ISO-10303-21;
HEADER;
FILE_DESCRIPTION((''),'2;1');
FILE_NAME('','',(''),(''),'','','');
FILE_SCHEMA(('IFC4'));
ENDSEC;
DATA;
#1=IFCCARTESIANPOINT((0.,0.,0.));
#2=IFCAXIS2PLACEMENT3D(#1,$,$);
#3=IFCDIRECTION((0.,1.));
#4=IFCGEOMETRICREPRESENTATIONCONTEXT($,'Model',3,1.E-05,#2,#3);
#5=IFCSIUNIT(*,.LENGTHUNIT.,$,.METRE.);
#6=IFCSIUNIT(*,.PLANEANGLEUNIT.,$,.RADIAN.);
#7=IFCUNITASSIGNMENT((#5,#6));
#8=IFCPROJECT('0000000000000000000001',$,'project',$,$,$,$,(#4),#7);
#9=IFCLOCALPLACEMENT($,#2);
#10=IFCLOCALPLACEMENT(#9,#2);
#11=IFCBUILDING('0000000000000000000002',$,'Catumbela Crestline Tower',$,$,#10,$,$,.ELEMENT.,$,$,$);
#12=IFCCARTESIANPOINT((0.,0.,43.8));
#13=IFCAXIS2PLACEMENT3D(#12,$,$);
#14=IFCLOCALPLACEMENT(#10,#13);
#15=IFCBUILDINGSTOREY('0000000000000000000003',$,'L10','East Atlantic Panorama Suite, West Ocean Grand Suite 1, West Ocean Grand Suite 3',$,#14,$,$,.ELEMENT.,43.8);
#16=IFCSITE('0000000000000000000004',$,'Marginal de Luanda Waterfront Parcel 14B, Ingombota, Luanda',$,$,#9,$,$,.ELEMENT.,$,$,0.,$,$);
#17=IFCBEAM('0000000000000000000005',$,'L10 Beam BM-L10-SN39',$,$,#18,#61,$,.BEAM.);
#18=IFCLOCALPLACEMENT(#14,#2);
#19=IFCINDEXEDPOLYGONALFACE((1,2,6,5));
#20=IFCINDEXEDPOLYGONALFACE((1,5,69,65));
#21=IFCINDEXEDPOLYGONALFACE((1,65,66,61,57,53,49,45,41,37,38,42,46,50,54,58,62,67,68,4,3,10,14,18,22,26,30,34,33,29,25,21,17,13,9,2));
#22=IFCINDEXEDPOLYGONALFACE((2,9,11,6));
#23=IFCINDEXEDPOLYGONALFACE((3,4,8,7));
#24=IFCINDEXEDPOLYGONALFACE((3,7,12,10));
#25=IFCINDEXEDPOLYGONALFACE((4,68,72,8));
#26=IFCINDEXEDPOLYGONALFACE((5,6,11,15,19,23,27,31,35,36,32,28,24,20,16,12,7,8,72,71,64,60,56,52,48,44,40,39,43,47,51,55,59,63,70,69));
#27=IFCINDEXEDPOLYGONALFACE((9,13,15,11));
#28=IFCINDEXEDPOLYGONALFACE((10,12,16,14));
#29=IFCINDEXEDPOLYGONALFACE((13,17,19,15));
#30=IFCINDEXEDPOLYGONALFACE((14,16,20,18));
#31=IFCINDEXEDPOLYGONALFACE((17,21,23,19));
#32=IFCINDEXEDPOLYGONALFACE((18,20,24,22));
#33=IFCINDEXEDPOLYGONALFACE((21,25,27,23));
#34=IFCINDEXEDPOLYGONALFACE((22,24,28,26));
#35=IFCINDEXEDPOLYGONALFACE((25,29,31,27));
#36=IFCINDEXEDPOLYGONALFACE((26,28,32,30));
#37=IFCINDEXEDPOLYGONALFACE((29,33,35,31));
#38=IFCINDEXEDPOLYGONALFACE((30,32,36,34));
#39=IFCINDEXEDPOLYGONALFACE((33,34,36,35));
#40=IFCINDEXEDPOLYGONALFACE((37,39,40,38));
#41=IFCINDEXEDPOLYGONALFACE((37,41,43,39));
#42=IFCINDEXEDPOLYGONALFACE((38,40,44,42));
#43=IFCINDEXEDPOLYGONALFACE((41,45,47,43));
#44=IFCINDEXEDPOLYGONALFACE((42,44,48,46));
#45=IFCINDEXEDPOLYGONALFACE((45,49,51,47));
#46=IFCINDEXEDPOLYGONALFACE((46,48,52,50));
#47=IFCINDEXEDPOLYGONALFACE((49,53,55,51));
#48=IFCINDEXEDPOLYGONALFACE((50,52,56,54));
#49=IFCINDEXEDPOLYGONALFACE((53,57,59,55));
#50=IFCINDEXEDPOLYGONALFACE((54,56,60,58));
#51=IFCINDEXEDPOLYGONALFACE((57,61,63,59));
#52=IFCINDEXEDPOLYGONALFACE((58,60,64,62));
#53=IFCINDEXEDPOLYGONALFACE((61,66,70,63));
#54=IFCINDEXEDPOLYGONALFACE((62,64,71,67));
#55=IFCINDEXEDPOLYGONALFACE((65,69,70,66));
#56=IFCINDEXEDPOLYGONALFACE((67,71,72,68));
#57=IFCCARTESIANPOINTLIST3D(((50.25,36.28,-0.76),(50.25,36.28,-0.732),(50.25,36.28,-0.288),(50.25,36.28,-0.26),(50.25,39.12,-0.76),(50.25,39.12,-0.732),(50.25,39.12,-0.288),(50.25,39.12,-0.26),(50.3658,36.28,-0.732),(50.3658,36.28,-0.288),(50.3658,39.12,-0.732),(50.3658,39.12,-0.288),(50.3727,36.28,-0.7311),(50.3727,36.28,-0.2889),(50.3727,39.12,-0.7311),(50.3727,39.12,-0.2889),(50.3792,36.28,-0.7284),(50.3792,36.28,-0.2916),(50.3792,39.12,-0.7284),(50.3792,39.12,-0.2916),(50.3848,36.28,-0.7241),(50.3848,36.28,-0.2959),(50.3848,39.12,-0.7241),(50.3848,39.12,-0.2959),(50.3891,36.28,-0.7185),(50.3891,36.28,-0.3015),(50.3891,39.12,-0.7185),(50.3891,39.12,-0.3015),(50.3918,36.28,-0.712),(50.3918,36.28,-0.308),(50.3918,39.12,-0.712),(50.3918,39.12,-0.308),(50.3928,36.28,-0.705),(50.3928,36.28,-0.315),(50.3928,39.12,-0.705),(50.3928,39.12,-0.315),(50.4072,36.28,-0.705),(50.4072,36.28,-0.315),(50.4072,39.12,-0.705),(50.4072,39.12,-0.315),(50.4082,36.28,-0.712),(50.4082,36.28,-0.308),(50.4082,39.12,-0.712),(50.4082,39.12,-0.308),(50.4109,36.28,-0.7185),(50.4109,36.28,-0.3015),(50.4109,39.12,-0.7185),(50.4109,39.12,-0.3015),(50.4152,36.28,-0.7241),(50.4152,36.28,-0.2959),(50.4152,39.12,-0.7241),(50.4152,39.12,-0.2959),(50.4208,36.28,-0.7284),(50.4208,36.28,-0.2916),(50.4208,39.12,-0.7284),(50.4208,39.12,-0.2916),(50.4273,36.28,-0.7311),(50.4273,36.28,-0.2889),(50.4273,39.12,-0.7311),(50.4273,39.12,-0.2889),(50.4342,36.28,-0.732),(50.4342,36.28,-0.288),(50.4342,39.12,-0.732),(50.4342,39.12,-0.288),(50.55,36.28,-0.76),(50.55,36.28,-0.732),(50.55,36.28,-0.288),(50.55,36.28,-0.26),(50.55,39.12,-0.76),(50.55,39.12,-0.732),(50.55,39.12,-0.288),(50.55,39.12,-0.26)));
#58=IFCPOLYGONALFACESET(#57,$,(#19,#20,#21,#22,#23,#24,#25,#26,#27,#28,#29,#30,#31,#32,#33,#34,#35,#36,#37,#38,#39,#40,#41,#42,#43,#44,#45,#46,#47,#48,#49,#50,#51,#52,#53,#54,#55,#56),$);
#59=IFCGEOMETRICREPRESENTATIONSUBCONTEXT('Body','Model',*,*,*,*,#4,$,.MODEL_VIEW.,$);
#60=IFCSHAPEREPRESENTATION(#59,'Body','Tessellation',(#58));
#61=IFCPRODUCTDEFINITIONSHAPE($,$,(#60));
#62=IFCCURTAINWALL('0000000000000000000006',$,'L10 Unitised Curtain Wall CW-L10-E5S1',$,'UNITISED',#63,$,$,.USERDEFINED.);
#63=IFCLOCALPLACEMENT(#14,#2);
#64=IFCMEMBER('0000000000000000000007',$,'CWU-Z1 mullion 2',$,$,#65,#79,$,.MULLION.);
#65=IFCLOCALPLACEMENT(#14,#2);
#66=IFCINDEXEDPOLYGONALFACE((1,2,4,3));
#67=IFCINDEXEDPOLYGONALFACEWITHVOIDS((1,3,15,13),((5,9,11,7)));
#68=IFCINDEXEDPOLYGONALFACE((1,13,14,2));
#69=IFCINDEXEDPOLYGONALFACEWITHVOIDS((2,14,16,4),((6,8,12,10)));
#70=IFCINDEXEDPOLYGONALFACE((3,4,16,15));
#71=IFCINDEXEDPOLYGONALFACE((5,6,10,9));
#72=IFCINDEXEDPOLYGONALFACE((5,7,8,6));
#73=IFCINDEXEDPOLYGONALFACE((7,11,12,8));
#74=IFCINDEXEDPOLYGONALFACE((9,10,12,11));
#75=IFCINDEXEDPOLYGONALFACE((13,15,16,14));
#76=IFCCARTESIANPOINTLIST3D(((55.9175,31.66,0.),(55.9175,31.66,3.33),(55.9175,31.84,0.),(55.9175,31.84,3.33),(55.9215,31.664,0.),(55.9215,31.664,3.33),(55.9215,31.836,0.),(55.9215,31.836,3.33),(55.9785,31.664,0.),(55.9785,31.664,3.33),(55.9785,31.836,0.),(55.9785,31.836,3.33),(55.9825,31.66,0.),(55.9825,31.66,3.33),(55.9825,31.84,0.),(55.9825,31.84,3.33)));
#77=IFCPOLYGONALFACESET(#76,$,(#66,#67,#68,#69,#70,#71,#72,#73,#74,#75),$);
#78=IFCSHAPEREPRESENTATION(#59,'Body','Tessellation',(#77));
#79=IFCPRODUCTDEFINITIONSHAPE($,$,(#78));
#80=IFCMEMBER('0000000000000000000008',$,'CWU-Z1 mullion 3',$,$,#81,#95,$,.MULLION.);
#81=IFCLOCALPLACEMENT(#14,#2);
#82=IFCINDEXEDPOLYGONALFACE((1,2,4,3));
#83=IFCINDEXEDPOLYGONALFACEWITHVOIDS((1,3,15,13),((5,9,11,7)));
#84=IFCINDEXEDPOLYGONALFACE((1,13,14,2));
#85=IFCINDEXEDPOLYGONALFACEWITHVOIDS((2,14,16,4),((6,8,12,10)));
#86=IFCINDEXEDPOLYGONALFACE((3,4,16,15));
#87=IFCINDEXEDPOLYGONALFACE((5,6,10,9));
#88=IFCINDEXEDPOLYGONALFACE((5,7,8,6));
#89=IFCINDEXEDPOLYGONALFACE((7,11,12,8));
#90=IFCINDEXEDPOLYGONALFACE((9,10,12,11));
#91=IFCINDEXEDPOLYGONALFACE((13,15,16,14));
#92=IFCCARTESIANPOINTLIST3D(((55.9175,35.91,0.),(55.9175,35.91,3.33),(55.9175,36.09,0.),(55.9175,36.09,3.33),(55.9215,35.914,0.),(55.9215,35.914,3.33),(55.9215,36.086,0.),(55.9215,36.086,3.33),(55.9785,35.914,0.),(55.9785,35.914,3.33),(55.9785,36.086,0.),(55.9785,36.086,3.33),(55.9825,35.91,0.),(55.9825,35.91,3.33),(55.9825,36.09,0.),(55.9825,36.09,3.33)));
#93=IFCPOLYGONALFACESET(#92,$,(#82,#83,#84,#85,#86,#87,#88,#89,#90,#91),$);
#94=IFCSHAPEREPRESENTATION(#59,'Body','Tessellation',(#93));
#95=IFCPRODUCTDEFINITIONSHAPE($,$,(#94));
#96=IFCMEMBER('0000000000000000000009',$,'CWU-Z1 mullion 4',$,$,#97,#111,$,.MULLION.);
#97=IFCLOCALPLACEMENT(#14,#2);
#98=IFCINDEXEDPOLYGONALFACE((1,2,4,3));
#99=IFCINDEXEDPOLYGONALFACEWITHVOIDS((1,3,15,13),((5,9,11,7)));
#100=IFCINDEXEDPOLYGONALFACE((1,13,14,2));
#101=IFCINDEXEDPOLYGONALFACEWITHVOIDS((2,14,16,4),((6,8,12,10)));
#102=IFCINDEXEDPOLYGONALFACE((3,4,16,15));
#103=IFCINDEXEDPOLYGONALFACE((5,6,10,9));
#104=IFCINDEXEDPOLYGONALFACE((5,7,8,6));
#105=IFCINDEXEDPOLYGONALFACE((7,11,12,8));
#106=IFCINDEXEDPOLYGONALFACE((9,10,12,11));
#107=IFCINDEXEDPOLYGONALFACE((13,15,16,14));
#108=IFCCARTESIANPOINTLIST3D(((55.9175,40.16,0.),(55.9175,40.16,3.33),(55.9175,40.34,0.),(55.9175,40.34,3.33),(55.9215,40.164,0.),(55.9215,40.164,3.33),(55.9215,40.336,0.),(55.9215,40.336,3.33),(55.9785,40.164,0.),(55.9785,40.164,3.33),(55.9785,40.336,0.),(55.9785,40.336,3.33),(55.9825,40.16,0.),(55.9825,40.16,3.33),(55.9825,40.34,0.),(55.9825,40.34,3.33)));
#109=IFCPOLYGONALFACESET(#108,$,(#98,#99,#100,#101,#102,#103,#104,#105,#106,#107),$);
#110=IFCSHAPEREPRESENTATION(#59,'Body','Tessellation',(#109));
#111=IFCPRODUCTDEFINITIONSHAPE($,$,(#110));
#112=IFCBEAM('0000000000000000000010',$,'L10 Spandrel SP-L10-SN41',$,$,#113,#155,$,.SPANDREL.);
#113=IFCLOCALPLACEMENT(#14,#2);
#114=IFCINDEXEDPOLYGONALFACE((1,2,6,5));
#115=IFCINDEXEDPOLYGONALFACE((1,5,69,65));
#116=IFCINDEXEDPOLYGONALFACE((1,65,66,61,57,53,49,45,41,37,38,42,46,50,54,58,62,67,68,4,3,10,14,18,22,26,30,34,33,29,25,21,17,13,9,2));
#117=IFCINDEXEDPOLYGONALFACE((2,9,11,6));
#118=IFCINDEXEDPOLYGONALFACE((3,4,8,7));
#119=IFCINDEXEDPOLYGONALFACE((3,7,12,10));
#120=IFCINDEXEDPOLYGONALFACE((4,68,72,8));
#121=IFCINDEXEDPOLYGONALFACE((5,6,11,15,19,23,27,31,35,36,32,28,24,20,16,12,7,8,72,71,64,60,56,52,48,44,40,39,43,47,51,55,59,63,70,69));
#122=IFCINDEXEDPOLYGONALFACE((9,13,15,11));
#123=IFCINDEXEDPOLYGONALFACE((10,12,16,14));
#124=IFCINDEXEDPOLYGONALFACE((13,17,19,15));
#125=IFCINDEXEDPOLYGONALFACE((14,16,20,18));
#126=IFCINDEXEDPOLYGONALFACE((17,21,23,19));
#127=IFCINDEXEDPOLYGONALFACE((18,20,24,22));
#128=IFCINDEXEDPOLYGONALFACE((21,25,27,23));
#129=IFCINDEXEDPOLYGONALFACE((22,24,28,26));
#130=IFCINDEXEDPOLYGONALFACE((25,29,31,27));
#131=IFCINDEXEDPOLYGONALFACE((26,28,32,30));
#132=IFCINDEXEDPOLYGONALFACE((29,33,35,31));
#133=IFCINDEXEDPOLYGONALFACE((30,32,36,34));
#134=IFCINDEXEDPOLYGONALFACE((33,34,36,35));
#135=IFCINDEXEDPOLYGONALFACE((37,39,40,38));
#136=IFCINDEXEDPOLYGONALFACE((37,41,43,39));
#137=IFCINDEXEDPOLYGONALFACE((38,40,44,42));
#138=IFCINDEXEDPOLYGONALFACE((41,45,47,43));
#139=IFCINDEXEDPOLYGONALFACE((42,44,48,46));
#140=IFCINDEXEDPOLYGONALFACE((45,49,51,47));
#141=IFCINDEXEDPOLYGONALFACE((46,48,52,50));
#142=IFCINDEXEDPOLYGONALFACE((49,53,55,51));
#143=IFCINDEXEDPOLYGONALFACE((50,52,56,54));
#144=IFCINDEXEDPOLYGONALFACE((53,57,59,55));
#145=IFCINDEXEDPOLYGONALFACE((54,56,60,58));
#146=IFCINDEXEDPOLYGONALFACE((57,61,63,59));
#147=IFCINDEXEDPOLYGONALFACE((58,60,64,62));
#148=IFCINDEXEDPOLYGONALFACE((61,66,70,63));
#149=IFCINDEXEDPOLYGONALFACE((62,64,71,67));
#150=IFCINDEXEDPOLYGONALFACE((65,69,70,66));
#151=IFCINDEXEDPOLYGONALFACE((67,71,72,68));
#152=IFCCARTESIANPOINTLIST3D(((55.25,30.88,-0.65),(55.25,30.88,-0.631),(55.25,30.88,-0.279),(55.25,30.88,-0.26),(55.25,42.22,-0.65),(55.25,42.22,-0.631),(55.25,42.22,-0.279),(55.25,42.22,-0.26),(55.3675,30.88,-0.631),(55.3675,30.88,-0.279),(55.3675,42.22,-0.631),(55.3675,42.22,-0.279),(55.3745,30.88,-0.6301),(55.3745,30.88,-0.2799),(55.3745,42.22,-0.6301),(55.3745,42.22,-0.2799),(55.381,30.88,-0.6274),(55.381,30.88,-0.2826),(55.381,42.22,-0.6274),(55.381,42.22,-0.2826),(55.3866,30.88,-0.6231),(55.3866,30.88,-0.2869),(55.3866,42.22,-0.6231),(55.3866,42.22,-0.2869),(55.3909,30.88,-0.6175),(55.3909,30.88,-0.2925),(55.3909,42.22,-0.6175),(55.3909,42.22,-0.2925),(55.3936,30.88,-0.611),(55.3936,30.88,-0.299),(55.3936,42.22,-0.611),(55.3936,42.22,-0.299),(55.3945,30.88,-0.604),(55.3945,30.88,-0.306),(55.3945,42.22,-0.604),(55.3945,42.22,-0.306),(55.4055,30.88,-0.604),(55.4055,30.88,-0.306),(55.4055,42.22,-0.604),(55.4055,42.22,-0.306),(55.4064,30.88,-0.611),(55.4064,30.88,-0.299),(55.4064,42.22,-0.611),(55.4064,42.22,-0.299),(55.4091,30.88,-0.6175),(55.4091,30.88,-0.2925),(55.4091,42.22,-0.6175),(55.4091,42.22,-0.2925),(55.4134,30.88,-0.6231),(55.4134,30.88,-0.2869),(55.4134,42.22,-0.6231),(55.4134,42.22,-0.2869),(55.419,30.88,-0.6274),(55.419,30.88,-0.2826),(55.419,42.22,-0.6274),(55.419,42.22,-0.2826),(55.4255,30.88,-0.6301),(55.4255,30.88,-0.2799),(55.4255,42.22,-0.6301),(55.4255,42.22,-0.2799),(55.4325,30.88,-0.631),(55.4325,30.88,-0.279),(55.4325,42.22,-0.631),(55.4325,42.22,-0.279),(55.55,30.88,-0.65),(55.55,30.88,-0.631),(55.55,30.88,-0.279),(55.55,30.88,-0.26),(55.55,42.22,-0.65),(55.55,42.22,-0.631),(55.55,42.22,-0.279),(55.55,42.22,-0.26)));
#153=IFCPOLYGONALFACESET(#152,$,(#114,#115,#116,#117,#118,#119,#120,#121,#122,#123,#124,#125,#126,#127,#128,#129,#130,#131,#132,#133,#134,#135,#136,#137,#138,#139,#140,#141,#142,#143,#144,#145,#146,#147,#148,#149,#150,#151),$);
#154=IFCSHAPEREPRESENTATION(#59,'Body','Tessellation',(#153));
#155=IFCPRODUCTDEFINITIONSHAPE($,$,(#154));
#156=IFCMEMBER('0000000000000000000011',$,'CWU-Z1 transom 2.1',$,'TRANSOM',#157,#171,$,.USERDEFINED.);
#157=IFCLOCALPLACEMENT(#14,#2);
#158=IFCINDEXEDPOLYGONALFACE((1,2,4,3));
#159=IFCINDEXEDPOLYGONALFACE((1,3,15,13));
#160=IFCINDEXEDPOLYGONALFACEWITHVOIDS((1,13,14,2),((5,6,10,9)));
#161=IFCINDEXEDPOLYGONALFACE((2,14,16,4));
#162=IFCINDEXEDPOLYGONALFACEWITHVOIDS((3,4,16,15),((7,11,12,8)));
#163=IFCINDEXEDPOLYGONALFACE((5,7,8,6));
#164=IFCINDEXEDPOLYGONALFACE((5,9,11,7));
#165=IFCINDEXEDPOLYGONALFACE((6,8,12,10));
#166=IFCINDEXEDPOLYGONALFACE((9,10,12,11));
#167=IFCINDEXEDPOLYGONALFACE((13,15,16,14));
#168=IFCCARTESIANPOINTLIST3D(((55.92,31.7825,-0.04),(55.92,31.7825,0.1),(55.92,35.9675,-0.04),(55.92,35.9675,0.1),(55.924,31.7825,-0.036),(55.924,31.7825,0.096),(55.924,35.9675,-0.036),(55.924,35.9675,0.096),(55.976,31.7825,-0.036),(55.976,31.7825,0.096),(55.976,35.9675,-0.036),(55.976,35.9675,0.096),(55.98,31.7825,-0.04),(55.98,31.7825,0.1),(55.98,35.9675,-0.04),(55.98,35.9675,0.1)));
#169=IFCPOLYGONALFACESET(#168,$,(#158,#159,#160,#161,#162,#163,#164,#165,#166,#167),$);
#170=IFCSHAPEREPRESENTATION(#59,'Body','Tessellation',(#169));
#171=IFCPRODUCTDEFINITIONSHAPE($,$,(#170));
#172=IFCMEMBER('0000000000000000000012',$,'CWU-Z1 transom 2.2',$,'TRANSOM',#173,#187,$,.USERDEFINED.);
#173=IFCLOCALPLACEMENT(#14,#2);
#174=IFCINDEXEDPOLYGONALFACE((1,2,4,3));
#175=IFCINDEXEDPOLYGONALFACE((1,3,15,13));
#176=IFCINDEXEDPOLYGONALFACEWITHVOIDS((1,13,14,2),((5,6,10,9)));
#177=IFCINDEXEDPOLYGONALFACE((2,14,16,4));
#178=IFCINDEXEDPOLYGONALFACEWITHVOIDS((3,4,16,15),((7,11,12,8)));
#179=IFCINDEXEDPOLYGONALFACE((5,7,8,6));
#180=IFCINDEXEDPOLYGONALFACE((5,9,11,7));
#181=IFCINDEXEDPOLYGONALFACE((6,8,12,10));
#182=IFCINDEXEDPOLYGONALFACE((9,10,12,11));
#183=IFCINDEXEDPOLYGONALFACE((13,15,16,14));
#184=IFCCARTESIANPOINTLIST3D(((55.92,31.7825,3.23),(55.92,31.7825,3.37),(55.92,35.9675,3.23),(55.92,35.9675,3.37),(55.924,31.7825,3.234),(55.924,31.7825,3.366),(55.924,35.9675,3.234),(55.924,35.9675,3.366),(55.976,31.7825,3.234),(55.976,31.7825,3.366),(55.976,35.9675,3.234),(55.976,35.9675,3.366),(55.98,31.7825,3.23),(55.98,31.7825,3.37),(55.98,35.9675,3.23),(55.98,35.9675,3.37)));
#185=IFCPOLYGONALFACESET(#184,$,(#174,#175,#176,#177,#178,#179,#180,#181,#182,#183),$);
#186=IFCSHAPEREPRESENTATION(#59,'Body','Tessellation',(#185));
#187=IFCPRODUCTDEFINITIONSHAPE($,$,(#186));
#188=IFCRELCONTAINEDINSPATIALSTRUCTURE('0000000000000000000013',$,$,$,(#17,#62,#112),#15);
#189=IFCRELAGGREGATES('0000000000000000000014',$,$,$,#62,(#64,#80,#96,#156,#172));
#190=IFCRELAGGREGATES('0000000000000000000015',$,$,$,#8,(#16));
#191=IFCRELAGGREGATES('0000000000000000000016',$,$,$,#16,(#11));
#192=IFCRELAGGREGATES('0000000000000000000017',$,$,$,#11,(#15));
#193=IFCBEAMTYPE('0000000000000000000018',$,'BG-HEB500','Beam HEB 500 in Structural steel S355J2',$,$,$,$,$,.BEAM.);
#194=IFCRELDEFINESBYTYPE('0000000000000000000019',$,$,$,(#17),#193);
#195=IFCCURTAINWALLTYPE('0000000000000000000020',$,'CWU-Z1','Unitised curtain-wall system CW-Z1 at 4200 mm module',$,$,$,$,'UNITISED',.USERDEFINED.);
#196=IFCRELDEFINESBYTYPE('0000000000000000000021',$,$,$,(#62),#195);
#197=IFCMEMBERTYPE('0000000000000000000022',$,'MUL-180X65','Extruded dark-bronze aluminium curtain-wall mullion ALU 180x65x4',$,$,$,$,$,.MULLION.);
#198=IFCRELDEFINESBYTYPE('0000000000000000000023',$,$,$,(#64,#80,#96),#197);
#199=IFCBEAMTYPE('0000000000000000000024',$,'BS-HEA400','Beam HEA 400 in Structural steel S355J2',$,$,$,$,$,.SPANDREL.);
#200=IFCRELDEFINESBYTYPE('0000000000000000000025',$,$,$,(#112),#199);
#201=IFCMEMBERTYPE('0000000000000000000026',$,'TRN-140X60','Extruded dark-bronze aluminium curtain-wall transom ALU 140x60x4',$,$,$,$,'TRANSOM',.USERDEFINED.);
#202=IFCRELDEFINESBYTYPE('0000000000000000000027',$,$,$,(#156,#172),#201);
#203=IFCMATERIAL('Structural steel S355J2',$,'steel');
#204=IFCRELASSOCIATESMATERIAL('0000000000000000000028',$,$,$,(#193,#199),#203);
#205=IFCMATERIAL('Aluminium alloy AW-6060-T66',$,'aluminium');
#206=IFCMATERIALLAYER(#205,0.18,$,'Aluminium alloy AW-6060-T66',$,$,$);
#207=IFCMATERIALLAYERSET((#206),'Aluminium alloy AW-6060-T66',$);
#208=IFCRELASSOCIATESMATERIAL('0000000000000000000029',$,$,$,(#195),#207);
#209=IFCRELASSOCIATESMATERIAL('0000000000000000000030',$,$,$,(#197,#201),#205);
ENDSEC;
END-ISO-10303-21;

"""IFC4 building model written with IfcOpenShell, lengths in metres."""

from ifc_helpers import new_model, si_unit, direction, frame, origin, origin_2d, place, context, subcontext, project, spatial, hollow_rectangle, i_section, extrude, material, layer, layer_set, material_profile, profile_set, type_object, element, aggregate, save


model = new_model("IFC4")

# Units and contexts
model_context = context("Model", 3, precision=1e-05, world=origin(), true_north=direction((0.0, 1.0)))
body_context = subcontext(model_context, "Body", "Model", "MODEL_VIEW")
ifc_project = project(units=[si_unit("LENGTHUNIT", "METRE"), si_unit("PLANEANGLEUNIT", "RADIAN")], contexts=[model_context])

# Site, building, storey
site_placement = place(None, origin())
site = spatial("IfcSite", under=ifc_project, at=site_placement, Name="Marginal de Luanda Waterfront Parcel 14B, Ingombota, Luanda", CompositionType="ELEMENT", RefElevation=0.0)
building_placement = place(site_placement, origin())
building = spatial("IfcBuilding", under=site, at=building_placement, Name="Catumbela Crestline Tower", CompositionType="ELEMENT")
storey_placement = place(building_placement, frame((0.0, 0.0, 43.8)))
storey = spatial("IfcBuildingStorey", under=building, at=storey_placement, Name="L10", Description="East Atlantic Panorama Suite, West Ocean Grand Suite 1, West Ocean Grand Suite 3", CompositionType="ELEMENT", Elevation=43.8)

# Beam
ifc_material_1 = material(Name="Structural steel S355J2", Category="steel")
ifc_material_profile_1 = material_profile(ifc_material_1, i_section(OverallWidth=0.3, OverallDepth=0.5, WebThickness=0.0145, FlangeThickness=0.028, FilletRadius=0.027, at=origin_2d()), Name="HEB 500")
ifc_profile_set_1 = profile_set([ifc_material_profile_1], Name="Structural steel S355J2")
beam_type_1 = type_object("IfcBeamType", Name="BG-HEB500", Description="Beam HEB 500 in Structural steel S355J2", PredefinedType="BEAM", material=ifc_profile_set_1)
beam_1_placement = place(storey_placement, frame((50.4, 36.28, -0.51), z_axis=(0.0, 1.0, 0.0), x_axis=(-1.0, 0.0, 0.0)))
element("IfcBeam", 1, at=beam_1_placement, inside=storey, type_object=beam_type_1, Name="L10 Beam BM-L10-SN39", PredefinedType="BEAM", context=body_context, shape_type="SweptSolid", body=[
    extrude(i_section(OverallWidth=0.3, OverallDepth=0.5, WebThickness=0.0145, FlangeThickness=0.028, FilletRadius=0.027, at=origin_2d()), origin(), (0.0, 0.0, 1.0), 2.84),
])

# Curtain wall, members
ifc_material_2 = material(Name="Aluminium alloy AW-6060-T66", Category="aluminium")
ifc_layer_1 = layer(ifc_material_2, 0.18, Name="Aluminium alloy AW-6060-T66")
ifc_layer_set_1 = layer_set([ifc_layer_1], Name="Aluminium alloy AW-6060-T66")
curtain_wall_type = type_object("IfcCurtainWallType", Name="CWU-Z1", Description="Unitised curtain-wall system CW-Z1 at 4200 mm module", ElementType="UNITISED", PredefinedType="USERDEFINED", material=ifc_layer_set_1)
curtain_wall_placement = place(storey_placement, origin())
curtain_wall = element("IfcCurtainWall", 2, at=curtain_wall_placement, inside=storey, type_object=curtain_wall_type, Name="L10 Unitised Curtain Wall CW-L10-E5S1", ObjectType="UNITISED", PredefinedType="USERDEFINED")
ifc_material_profile_2 = material_profile(ifc_material_2, hollow_rectangle(XDim=0.065, YDim=0.18, WallThickness=0.004, at=origin_2d()), Name="ALU 180x65x4")
ifc_profile_set_2 = profile_set([ifc_material_profile_2], Name="Aluminium alloy AW-6060-T66")
member_type_1 = type_object("IfcMemberType", Name="MUL-180X65", Description="Extruded dark-bronze aluminium curtain-wall mullion ALU 180x65x4", PredefinedType="MULLION", material=ifc_profile_set_2)
member_1_placement = place(storey_placement, frame((55.95, 31.75, 0.0), z_axis=(0.0, 0.0, 1.0), x_axis=(-1.0, 0.0, 0.0)))
member_1 = element("IfcMember", 3, at=member_1_placement, type_object=member_type_1, Name="CWU-Z1 mullion 2", PredefinedType="MULLION", context=body_context, shape_type="SweptSolid", body=[
    extrude(hollow_rectangle(XDim=0.065, YDim=0.18, WallThickness=0.004, at=origin_2d()), origin(), (0.0, 0.0, 1.0), 3.33),
])
member_2_placement = place(storey_placement, frame((55.95, 36.0, 0.0), z_axis=(0.0, 0.0, 1.0), x_axis=(-1.0, 0.0, 0.0)))
member_2 = element("IfcMember", 4, at=member_2_placement, type_object=member_type_1, Name="CWU-Z1 mullion 3", PredefinedType="MULLION", context=body_context, shape_type="SweptSolid", body=[
    extrude(hollow_rectangle(XDim=0.065, YDim=0.18, WallThickness=0.004, at=origin_2d()), origin(), (0.0, 0.0, 1.0), 3.33),
])
member_3_placement = place(storey_placement, frame((55.95, 40.25, 0.0), z_axis=(0.0, 0.0, 1.0), x_axis=(-1.0, 0.0, 0.0)))
member_3 = element("IfcMember", 5, at=member_3_placement, type_object=member_type_1, Name="CWU-Z1 mullion 4", PredefinedType="MULLION", context=body_context, shape_type="SweptSolid", body=[
    extrude(hollow_rectangle(XDim=0.065, YDim=0.18, WallThickness=0.004, at=origin_2d()), origin(), (0.0, 0.0, 1.0), 3.33),
])

# Beam
ifc_material_profile_3 = material_profile(ifc_material_1, i_section(OverallWidth=0.3, OverallDepth=0.39, WebThickness=0.011, FlangeThickness=0.019, FilletRadius=0.027, at=origin_2d()), Name="HEA 400")
ifc_profile_set_3 = profile_set([ifc_material_profile_3], Name="Structural steel S355J2")
beam_type_2 = type_object("IfcBeamType", Name="BS-HEA400", Description="Beam HEA 400 in Structural steel S355J2", PredefinedType="SPANDREL", material=ifc_profile_set_3)
beam_2_placement = place(storey_placement, frame((55.4, 30.88, -0.455), z_axis=(0.0, 1.0, 0.0), x_axis=(-1.0, 0.0, 0.0)))
element("IfcBeam", 6, at=beam_2_placement, inside=storey, type_object=beam_type_2, Name="L10 Spandrel SP-L10-SN41", PredefinedType="SPANDREL", context=body_context, shape_type="SweptSolid", body=[
    extrude(i_section(OverallWidth=0.3, OverallDepth=0.39, WebThickness=0.011, FlangeThickness=0.019, FilletRadius=0.027, at=origin_2d()), origin(), (0.0, 0.0, 1.0), 11.34),
])

# Members
ifc_material_profile_4 = material_profile(ifc_material_2, hollow_rectangle(XDim=0.06, YDim=0.14, WallThickness=0.004, at=origin_2d()), Name="ALU 140x60x4")
ifc_profile_set_4 = profile_set([ifc_material_profile_4], Name="Aluminium alloy AW-6060-T66")
member_type_2 = type_object("IfcMemberType", Name="TRN-140X60", Description="Extruded dark-bronze aluminium curtain-wall transom ALU 140x60x4", ElementType="TRANSOM", PredefinedType="USERDEFINED", material=ifc_profile_set_4)
member_4_placement = place(storey_placement, frame((55.95, 31.7825, 0.03), z_axis=(0.0, 1.0, 0.0), x_axis=(-1.0, 0.0, 0.0)))
member_4 = element("IfcMember", 7, at=member_4_placement, type_object=member_type_2, Name="CWU-Z1 transom 2.1", ObjectType="TRANSOM", PredefinedType="USERDEFINED", context=body_context, shape_type="SweptSolid", body=[
    extrude(hollow_rectangle(XDim=0.06, YDim=0.14, WallThickness=0.004, at=origin_2d()), origin(), (0.0, 0.0, 1.0), 4.185),
])
member_5_placement = place(storey_placement, frame((55.95, 31.7825, 3.3), z_axis=(0.0, 1.0, 0.0), x_axis=(-1.0, 0.0, 0.0)))
member_5 = element("IfcMember", 8, at=member_5_placement, type_object=member_type_2, Name="CWU-Z1 transom 2.2", ObjectType="TRANSOM", PredefinedType="USERDEFINED", context=body_context, shape_type="SweptSolid", body=[
    extrude(hollow_rectangle(XDim=0.06, YDim=0.14, WallThickness=0.004, at=origin_2d()), origin(), (0.0, 0.0, 1.0), 4.185),
])

aggregate(curtain_wall, [member_1, member_2, member_3, member_4, member_5])

save(model, "model.ifc")
